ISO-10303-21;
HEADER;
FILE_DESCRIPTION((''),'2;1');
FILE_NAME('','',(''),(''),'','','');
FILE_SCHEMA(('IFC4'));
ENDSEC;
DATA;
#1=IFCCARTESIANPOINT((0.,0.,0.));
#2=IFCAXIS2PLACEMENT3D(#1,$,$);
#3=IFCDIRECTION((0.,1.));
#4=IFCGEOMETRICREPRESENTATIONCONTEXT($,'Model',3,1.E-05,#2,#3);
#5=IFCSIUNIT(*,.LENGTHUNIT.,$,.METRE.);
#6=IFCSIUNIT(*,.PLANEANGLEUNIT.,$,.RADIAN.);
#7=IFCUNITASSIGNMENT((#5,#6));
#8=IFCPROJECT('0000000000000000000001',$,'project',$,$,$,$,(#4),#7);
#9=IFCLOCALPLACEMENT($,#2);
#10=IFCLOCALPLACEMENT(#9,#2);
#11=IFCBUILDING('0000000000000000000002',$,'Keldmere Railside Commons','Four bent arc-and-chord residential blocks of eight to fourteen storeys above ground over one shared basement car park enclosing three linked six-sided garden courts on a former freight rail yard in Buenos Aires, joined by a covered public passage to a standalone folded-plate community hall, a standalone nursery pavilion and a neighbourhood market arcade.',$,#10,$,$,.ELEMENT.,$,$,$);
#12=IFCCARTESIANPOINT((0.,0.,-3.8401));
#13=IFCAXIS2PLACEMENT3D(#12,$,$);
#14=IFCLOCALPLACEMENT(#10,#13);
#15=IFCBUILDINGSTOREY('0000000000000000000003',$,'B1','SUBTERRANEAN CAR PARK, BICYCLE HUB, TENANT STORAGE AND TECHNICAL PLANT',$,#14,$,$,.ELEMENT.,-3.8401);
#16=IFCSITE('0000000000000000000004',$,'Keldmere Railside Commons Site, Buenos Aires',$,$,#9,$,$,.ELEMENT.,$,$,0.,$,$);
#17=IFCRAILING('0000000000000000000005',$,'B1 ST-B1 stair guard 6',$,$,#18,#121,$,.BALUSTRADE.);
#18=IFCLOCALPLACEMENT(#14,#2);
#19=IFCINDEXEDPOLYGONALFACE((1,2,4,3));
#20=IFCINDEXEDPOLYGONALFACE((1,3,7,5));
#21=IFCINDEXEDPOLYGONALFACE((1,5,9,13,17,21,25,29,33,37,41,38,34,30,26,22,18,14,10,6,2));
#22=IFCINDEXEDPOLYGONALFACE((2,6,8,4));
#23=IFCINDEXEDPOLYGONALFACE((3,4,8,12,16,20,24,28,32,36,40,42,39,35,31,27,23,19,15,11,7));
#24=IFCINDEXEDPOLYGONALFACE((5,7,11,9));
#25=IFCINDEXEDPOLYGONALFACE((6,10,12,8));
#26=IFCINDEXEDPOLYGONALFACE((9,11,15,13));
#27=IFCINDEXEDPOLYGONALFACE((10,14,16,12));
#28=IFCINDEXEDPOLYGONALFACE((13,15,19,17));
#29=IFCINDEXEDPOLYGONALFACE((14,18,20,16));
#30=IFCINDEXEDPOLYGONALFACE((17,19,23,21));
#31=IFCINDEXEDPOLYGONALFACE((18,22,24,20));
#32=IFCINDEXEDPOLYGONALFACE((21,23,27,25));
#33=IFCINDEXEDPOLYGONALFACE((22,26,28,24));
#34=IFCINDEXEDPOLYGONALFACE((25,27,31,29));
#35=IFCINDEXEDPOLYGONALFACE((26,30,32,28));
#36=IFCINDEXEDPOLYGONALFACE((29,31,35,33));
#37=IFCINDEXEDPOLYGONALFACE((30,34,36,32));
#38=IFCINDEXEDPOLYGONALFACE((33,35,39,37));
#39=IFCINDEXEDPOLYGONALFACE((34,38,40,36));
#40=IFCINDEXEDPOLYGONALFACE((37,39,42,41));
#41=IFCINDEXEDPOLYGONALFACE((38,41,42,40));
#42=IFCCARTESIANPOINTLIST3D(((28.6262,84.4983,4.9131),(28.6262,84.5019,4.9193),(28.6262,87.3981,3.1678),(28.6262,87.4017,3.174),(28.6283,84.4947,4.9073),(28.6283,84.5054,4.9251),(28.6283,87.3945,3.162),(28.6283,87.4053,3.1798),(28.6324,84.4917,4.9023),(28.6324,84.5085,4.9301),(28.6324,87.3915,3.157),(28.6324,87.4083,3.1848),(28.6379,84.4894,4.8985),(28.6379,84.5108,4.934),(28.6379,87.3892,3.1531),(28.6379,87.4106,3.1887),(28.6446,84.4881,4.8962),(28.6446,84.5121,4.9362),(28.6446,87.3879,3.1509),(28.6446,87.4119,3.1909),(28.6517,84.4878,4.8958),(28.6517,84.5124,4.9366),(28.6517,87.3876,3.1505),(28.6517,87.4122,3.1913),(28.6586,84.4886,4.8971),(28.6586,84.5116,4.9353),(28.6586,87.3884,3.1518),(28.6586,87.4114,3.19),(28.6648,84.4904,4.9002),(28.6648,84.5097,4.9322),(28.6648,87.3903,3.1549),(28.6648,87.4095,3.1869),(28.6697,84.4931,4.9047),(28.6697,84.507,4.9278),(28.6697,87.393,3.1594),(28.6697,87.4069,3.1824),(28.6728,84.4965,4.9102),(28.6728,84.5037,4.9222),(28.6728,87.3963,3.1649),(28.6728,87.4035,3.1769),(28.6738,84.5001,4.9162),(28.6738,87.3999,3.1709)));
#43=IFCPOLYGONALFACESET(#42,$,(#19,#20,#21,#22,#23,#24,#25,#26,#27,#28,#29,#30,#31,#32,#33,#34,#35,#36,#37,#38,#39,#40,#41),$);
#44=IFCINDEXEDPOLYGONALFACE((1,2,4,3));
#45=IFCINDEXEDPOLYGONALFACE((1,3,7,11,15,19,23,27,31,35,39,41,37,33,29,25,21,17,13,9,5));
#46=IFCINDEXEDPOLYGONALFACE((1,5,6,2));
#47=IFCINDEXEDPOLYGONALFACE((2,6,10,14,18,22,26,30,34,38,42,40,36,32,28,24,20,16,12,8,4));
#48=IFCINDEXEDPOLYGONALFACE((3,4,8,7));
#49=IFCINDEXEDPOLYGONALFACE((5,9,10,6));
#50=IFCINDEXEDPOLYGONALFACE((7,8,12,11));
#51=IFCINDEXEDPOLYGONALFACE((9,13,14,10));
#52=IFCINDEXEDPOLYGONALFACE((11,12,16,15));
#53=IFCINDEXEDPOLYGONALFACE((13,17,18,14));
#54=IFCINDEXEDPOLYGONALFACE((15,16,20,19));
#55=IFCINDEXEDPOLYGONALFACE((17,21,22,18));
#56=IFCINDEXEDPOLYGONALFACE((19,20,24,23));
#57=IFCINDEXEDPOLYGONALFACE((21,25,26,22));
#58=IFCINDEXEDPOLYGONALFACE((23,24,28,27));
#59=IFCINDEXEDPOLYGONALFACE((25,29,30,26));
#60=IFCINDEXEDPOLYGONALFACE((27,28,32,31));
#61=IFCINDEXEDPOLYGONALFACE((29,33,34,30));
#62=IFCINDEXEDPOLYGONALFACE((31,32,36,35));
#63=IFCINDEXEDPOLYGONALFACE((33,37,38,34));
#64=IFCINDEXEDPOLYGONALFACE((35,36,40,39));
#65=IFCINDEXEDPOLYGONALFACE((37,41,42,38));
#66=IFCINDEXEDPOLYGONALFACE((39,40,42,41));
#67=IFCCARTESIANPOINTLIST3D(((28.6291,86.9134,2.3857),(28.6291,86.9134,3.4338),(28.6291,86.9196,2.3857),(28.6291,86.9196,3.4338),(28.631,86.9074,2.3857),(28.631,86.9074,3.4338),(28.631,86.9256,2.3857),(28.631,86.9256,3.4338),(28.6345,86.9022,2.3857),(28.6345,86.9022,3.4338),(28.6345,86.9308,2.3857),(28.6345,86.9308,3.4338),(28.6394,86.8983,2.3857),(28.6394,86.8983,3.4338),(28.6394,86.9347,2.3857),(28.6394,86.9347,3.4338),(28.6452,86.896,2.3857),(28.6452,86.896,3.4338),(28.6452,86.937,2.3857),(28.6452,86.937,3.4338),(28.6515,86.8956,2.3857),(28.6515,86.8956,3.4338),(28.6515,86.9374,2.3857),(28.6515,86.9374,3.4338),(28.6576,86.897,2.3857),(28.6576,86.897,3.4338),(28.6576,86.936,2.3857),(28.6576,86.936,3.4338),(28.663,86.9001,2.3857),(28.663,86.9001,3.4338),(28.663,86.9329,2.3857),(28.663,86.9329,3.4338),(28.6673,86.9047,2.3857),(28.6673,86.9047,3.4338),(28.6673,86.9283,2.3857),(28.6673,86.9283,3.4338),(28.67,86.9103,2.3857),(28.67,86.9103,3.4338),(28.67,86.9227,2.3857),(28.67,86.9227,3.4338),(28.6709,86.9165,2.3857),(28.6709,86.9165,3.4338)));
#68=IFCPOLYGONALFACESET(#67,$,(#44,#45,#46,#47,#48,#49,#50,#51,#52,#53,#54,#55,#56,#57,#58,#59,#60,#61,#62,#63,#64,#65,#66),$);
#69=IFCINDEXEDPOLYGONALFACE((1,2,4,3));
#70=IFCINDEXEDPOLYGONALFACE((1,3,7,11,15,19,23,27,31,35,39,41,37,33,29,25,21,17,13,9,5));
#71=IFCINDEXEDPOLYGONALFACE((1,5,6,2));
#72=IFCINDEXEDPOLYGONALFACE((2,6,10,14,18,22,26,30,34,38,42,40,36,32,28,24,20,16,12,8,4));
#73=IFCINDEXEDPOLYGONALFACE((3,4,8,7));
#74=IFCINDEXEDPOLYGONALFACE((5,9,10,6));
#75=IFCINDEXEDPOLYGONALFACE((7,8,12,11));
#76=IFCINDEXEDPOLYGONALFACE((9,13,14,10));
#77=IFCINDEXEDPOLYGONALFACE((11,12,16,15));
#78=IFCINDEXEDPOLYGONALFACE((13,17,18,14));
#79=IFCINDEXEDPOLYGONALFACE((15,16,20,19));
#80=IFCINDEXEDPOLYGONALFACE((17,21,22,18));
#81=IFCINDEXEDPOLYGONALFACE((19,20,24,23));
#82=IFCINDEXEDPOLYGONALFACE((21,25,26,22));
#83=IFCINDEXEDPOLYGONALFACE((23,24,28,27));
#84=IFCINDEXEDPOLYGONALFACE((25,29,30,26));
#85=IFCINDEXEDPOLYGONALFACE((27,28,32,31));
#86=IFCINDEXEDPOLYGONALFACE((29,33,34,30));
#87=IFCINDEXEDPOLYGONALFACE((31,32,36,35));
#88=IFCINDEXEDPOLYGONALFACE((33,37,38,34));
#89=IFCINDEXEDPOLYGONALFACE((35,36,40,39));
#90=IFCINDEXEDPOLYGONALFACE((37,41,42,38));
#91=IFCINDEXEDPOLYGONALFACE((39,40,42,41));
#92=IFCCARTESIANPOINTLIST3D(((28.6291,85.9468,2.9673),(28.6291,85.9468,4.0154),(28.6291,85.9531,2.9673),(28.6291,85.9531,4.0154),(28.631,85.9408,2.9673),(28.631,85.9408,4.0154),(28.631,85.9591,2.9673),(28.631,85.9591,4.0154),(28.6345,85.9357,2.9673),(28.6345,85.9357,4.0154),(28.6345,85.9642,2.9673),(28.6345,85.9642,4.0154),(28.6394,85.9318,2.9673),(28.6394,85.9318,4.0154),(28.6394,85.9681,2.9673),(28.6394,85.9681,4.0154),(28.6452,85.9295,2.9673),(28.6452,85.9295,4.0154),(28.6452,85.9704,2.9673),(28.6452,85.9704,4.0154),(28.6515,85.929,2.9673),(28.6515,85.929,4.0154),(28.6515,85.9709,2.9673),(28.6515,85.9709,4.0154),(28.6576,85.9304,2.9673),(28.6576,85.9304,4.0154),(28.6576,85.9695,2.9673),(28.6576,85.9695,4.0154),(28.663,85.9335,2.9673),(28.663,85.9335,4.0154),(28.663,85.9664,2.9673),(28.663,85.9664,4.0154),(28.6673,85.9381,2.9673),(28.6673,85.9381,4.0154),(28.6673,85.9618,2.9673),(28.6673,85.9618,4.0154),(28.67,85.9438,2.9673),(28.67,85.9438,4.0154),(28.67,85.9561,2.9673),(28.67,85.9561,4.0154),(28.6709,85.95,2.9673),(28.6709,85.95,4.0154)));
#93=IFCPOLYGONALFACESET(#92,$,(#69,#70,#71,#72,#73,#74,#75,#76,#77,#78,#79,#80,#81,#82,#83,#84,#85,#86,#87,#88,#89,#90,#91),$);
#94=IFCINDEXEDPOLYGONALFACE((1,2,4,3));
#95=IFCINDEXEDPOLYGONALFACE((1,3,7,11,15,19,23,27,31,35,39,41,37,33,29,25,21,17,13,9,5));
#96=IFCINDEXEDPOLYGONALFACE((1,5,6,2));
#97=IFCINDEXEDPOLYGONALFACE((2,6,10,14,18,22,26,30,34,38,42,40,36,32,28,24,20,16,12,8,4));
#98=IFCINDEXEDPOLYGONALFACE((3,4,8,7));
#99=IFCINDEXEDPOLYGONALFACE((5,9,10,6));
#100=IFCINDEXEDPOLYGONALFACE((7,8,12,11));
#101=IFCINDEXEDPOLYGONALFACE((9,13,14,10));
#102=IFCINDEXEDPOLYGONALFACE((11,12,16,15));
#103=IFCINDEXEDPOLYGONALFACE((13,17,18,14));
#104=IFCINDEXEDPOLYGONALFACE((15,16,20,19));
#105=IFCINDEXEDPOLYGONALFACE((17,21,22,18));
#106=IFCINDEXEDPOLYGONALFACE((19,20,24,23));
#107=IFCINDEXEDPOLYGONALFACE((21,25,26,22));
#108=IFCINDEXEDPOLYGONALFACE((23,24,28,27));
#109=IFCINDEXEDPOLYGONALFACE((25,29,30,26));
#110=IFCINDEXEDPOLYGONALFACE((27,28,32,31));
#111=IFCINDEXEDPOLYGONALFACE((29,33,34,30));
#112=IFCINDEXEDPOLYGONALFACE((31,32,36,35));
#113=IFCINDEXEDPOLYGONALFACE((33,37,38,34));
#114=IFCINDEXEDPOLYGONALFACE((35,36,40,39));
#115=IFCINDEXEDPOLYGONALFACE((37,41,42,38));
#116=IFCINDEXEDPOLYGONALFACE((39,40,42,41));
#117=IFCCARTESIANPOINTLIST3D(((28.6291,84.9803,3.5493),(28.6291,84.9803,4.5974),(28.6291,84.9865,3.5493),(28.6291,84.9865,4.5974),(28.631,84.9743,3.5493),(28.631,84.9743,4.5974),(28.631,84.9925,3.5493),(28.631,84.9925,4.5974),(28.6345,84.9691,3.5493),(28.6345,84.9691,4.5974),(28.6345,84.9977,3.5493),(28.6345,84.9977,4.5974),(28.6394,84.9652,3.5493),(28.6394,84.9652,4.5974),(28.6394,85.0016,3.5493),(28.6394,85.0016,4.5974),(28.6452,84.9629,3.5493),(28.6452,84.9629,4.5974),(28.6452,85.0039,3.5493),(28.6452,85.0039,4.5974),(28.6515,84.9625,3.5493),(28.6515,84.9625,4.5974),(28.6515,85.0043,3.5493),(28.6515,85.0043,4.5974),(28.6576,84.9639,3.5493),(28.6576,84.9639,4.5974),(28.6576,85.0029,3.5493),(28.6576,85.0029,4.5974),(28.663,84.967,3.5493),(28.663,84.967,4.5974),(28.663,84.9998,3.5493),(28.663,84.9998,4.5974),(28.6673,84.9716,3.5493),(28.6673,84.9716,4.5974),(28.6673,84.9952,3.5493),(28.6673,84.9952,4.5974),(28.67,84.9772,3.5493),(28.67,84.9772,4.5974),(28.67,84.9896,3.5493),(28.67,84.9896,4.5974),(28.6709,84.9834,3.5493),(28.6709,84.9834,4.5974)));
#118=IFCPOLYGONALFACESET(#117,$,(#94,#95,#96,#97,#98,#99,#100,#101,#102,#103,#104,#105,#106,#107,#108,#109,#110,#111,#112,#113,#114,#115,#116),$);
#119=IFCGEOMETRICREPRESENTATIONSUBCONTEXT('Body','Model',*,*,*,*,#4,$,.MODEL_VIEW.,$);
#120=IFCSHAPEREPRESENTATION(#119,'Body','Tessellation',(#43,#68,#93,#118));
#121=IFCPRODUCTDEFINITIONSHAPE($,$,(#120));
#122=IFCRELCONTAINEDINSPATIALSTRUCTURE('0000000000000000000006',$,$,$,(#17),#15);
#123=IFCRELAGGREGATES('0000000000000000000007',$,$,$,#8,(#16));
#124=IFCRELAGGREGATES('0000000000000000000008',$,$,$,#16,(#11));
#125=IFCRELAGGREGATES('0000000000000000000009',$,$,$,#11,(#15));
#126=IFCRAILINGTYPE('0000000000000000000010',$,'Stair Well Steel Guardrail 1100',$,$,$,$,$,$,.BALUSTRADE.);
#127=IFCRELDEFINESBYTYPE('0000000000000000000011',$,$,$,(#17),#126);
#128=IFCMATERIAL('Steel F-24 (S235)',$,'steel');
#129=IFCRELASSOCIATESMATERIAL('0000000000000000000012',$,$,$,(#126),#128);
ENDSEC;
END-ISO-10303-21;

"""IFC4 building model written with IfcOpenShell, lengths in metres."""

from ifc_helpers import new_model, si_unit, direction, frame, origin, origin_2d, place, context, subcontext, project, spatial, circle, extrude, material, type_object, element, save


model = new_model("IFC4")

# Units and contexts
model_context = context("Model", 3, precision=1e-05, world=origin(), true_north=direction((0.0, 1.0)))
body_context = subcontext(model_context, "Body", "Model", "MODEL_VIEW")
ifc_project = project(units=[si_unit("LENGTHUNIT", "METRE"), si_unit("PLANEANGLEUNIT", "RADIAN")], contexts=[model_context])

# Site, building, storey
site_placement = place(None, origin())
site = spatial("IfcSite", under=ifc_project, at=site_placement, Name="Keldmere Railside Commons Site, Buenos Aires", CompositionType="ELEMENT", RefElevation=0.0)
building_placement = place(site_placement, origin())
building = spatial("IfcBuilding", under=site, at=building_placement, Name="Keldmere Railside Commons", Description="Four bent arc-and-chord residential blocks of eight to fourteen storeys above ground over one shared basement car park enclosing three linked six-sided garden courts on a former freight rail yard in Buenos Aires, joined by a covered public passage to a standalone folded-plate community hall, a standalone nursery pavilion and a neighbourhood market arcade.", CompositionType="ELEMENT")
storey_placement = place(building_placement, frame((0.0, 0.0, -3.8401)))
storey = spatial("IfcBuildingStorey", under=building, at=storey_placement, Name="B1", Description="SUBTERRANEAN CAR PARK, BICYCLE HUB, TENANT STORAGE AND TECHNICAL PLANT", CompositionType="ELEMENT", Elevation=-3.8401)

# Railing
ifc_material_1 = material(Name="Steel F-24 (S235)", Category="steel")
railing_type_1 = type_object("IfcRailingType", Name="Stair Well Steel Guardrail 1100", PredefinedType="BALUSTRADE", material=ifc_material_1)
railing_1_placement = place(storey_placement, frame((28.6499, 87.3999, 2.0947)))
element("IfcRailing", 1, at=railing_1_placement, inside=storey, type_object=railing_type_1, Name="B1 ST-B1 stair guard 6", PredefinedType="BALUSTRADE", context=body_context, shape_type="SweptSolid", body=[
    extrude(circle(Radius=0.0239, at=origin_2d()), frame((0.0, 0.0, 1.0762), z_axis=(0.0, -0.856786, 0.515673), x_axis=(1.0, 0.0, 0.0)), (0.0, 0.0, 1.0), 3.3845),
    extrude(circle(Radius=0.021, at=origin_2d()), frame((0.0, -0.4834, 0.291)), (0.0, 0.0, 1.0), 1.0481),
    extrude(circle(Radius=0.021, at=origin_2d()), frame((0.0, -1.45, 0.8726)), (0.0, 0.0, 1.0), 1.0481),
    extrude(circle(Radius=0.021, at=origin_2d()), frame((0.0, -2.4165, 1.4546)), (0.0, 0.0, 1.0), 1.0481),
])

save(model, "model.ifc")
